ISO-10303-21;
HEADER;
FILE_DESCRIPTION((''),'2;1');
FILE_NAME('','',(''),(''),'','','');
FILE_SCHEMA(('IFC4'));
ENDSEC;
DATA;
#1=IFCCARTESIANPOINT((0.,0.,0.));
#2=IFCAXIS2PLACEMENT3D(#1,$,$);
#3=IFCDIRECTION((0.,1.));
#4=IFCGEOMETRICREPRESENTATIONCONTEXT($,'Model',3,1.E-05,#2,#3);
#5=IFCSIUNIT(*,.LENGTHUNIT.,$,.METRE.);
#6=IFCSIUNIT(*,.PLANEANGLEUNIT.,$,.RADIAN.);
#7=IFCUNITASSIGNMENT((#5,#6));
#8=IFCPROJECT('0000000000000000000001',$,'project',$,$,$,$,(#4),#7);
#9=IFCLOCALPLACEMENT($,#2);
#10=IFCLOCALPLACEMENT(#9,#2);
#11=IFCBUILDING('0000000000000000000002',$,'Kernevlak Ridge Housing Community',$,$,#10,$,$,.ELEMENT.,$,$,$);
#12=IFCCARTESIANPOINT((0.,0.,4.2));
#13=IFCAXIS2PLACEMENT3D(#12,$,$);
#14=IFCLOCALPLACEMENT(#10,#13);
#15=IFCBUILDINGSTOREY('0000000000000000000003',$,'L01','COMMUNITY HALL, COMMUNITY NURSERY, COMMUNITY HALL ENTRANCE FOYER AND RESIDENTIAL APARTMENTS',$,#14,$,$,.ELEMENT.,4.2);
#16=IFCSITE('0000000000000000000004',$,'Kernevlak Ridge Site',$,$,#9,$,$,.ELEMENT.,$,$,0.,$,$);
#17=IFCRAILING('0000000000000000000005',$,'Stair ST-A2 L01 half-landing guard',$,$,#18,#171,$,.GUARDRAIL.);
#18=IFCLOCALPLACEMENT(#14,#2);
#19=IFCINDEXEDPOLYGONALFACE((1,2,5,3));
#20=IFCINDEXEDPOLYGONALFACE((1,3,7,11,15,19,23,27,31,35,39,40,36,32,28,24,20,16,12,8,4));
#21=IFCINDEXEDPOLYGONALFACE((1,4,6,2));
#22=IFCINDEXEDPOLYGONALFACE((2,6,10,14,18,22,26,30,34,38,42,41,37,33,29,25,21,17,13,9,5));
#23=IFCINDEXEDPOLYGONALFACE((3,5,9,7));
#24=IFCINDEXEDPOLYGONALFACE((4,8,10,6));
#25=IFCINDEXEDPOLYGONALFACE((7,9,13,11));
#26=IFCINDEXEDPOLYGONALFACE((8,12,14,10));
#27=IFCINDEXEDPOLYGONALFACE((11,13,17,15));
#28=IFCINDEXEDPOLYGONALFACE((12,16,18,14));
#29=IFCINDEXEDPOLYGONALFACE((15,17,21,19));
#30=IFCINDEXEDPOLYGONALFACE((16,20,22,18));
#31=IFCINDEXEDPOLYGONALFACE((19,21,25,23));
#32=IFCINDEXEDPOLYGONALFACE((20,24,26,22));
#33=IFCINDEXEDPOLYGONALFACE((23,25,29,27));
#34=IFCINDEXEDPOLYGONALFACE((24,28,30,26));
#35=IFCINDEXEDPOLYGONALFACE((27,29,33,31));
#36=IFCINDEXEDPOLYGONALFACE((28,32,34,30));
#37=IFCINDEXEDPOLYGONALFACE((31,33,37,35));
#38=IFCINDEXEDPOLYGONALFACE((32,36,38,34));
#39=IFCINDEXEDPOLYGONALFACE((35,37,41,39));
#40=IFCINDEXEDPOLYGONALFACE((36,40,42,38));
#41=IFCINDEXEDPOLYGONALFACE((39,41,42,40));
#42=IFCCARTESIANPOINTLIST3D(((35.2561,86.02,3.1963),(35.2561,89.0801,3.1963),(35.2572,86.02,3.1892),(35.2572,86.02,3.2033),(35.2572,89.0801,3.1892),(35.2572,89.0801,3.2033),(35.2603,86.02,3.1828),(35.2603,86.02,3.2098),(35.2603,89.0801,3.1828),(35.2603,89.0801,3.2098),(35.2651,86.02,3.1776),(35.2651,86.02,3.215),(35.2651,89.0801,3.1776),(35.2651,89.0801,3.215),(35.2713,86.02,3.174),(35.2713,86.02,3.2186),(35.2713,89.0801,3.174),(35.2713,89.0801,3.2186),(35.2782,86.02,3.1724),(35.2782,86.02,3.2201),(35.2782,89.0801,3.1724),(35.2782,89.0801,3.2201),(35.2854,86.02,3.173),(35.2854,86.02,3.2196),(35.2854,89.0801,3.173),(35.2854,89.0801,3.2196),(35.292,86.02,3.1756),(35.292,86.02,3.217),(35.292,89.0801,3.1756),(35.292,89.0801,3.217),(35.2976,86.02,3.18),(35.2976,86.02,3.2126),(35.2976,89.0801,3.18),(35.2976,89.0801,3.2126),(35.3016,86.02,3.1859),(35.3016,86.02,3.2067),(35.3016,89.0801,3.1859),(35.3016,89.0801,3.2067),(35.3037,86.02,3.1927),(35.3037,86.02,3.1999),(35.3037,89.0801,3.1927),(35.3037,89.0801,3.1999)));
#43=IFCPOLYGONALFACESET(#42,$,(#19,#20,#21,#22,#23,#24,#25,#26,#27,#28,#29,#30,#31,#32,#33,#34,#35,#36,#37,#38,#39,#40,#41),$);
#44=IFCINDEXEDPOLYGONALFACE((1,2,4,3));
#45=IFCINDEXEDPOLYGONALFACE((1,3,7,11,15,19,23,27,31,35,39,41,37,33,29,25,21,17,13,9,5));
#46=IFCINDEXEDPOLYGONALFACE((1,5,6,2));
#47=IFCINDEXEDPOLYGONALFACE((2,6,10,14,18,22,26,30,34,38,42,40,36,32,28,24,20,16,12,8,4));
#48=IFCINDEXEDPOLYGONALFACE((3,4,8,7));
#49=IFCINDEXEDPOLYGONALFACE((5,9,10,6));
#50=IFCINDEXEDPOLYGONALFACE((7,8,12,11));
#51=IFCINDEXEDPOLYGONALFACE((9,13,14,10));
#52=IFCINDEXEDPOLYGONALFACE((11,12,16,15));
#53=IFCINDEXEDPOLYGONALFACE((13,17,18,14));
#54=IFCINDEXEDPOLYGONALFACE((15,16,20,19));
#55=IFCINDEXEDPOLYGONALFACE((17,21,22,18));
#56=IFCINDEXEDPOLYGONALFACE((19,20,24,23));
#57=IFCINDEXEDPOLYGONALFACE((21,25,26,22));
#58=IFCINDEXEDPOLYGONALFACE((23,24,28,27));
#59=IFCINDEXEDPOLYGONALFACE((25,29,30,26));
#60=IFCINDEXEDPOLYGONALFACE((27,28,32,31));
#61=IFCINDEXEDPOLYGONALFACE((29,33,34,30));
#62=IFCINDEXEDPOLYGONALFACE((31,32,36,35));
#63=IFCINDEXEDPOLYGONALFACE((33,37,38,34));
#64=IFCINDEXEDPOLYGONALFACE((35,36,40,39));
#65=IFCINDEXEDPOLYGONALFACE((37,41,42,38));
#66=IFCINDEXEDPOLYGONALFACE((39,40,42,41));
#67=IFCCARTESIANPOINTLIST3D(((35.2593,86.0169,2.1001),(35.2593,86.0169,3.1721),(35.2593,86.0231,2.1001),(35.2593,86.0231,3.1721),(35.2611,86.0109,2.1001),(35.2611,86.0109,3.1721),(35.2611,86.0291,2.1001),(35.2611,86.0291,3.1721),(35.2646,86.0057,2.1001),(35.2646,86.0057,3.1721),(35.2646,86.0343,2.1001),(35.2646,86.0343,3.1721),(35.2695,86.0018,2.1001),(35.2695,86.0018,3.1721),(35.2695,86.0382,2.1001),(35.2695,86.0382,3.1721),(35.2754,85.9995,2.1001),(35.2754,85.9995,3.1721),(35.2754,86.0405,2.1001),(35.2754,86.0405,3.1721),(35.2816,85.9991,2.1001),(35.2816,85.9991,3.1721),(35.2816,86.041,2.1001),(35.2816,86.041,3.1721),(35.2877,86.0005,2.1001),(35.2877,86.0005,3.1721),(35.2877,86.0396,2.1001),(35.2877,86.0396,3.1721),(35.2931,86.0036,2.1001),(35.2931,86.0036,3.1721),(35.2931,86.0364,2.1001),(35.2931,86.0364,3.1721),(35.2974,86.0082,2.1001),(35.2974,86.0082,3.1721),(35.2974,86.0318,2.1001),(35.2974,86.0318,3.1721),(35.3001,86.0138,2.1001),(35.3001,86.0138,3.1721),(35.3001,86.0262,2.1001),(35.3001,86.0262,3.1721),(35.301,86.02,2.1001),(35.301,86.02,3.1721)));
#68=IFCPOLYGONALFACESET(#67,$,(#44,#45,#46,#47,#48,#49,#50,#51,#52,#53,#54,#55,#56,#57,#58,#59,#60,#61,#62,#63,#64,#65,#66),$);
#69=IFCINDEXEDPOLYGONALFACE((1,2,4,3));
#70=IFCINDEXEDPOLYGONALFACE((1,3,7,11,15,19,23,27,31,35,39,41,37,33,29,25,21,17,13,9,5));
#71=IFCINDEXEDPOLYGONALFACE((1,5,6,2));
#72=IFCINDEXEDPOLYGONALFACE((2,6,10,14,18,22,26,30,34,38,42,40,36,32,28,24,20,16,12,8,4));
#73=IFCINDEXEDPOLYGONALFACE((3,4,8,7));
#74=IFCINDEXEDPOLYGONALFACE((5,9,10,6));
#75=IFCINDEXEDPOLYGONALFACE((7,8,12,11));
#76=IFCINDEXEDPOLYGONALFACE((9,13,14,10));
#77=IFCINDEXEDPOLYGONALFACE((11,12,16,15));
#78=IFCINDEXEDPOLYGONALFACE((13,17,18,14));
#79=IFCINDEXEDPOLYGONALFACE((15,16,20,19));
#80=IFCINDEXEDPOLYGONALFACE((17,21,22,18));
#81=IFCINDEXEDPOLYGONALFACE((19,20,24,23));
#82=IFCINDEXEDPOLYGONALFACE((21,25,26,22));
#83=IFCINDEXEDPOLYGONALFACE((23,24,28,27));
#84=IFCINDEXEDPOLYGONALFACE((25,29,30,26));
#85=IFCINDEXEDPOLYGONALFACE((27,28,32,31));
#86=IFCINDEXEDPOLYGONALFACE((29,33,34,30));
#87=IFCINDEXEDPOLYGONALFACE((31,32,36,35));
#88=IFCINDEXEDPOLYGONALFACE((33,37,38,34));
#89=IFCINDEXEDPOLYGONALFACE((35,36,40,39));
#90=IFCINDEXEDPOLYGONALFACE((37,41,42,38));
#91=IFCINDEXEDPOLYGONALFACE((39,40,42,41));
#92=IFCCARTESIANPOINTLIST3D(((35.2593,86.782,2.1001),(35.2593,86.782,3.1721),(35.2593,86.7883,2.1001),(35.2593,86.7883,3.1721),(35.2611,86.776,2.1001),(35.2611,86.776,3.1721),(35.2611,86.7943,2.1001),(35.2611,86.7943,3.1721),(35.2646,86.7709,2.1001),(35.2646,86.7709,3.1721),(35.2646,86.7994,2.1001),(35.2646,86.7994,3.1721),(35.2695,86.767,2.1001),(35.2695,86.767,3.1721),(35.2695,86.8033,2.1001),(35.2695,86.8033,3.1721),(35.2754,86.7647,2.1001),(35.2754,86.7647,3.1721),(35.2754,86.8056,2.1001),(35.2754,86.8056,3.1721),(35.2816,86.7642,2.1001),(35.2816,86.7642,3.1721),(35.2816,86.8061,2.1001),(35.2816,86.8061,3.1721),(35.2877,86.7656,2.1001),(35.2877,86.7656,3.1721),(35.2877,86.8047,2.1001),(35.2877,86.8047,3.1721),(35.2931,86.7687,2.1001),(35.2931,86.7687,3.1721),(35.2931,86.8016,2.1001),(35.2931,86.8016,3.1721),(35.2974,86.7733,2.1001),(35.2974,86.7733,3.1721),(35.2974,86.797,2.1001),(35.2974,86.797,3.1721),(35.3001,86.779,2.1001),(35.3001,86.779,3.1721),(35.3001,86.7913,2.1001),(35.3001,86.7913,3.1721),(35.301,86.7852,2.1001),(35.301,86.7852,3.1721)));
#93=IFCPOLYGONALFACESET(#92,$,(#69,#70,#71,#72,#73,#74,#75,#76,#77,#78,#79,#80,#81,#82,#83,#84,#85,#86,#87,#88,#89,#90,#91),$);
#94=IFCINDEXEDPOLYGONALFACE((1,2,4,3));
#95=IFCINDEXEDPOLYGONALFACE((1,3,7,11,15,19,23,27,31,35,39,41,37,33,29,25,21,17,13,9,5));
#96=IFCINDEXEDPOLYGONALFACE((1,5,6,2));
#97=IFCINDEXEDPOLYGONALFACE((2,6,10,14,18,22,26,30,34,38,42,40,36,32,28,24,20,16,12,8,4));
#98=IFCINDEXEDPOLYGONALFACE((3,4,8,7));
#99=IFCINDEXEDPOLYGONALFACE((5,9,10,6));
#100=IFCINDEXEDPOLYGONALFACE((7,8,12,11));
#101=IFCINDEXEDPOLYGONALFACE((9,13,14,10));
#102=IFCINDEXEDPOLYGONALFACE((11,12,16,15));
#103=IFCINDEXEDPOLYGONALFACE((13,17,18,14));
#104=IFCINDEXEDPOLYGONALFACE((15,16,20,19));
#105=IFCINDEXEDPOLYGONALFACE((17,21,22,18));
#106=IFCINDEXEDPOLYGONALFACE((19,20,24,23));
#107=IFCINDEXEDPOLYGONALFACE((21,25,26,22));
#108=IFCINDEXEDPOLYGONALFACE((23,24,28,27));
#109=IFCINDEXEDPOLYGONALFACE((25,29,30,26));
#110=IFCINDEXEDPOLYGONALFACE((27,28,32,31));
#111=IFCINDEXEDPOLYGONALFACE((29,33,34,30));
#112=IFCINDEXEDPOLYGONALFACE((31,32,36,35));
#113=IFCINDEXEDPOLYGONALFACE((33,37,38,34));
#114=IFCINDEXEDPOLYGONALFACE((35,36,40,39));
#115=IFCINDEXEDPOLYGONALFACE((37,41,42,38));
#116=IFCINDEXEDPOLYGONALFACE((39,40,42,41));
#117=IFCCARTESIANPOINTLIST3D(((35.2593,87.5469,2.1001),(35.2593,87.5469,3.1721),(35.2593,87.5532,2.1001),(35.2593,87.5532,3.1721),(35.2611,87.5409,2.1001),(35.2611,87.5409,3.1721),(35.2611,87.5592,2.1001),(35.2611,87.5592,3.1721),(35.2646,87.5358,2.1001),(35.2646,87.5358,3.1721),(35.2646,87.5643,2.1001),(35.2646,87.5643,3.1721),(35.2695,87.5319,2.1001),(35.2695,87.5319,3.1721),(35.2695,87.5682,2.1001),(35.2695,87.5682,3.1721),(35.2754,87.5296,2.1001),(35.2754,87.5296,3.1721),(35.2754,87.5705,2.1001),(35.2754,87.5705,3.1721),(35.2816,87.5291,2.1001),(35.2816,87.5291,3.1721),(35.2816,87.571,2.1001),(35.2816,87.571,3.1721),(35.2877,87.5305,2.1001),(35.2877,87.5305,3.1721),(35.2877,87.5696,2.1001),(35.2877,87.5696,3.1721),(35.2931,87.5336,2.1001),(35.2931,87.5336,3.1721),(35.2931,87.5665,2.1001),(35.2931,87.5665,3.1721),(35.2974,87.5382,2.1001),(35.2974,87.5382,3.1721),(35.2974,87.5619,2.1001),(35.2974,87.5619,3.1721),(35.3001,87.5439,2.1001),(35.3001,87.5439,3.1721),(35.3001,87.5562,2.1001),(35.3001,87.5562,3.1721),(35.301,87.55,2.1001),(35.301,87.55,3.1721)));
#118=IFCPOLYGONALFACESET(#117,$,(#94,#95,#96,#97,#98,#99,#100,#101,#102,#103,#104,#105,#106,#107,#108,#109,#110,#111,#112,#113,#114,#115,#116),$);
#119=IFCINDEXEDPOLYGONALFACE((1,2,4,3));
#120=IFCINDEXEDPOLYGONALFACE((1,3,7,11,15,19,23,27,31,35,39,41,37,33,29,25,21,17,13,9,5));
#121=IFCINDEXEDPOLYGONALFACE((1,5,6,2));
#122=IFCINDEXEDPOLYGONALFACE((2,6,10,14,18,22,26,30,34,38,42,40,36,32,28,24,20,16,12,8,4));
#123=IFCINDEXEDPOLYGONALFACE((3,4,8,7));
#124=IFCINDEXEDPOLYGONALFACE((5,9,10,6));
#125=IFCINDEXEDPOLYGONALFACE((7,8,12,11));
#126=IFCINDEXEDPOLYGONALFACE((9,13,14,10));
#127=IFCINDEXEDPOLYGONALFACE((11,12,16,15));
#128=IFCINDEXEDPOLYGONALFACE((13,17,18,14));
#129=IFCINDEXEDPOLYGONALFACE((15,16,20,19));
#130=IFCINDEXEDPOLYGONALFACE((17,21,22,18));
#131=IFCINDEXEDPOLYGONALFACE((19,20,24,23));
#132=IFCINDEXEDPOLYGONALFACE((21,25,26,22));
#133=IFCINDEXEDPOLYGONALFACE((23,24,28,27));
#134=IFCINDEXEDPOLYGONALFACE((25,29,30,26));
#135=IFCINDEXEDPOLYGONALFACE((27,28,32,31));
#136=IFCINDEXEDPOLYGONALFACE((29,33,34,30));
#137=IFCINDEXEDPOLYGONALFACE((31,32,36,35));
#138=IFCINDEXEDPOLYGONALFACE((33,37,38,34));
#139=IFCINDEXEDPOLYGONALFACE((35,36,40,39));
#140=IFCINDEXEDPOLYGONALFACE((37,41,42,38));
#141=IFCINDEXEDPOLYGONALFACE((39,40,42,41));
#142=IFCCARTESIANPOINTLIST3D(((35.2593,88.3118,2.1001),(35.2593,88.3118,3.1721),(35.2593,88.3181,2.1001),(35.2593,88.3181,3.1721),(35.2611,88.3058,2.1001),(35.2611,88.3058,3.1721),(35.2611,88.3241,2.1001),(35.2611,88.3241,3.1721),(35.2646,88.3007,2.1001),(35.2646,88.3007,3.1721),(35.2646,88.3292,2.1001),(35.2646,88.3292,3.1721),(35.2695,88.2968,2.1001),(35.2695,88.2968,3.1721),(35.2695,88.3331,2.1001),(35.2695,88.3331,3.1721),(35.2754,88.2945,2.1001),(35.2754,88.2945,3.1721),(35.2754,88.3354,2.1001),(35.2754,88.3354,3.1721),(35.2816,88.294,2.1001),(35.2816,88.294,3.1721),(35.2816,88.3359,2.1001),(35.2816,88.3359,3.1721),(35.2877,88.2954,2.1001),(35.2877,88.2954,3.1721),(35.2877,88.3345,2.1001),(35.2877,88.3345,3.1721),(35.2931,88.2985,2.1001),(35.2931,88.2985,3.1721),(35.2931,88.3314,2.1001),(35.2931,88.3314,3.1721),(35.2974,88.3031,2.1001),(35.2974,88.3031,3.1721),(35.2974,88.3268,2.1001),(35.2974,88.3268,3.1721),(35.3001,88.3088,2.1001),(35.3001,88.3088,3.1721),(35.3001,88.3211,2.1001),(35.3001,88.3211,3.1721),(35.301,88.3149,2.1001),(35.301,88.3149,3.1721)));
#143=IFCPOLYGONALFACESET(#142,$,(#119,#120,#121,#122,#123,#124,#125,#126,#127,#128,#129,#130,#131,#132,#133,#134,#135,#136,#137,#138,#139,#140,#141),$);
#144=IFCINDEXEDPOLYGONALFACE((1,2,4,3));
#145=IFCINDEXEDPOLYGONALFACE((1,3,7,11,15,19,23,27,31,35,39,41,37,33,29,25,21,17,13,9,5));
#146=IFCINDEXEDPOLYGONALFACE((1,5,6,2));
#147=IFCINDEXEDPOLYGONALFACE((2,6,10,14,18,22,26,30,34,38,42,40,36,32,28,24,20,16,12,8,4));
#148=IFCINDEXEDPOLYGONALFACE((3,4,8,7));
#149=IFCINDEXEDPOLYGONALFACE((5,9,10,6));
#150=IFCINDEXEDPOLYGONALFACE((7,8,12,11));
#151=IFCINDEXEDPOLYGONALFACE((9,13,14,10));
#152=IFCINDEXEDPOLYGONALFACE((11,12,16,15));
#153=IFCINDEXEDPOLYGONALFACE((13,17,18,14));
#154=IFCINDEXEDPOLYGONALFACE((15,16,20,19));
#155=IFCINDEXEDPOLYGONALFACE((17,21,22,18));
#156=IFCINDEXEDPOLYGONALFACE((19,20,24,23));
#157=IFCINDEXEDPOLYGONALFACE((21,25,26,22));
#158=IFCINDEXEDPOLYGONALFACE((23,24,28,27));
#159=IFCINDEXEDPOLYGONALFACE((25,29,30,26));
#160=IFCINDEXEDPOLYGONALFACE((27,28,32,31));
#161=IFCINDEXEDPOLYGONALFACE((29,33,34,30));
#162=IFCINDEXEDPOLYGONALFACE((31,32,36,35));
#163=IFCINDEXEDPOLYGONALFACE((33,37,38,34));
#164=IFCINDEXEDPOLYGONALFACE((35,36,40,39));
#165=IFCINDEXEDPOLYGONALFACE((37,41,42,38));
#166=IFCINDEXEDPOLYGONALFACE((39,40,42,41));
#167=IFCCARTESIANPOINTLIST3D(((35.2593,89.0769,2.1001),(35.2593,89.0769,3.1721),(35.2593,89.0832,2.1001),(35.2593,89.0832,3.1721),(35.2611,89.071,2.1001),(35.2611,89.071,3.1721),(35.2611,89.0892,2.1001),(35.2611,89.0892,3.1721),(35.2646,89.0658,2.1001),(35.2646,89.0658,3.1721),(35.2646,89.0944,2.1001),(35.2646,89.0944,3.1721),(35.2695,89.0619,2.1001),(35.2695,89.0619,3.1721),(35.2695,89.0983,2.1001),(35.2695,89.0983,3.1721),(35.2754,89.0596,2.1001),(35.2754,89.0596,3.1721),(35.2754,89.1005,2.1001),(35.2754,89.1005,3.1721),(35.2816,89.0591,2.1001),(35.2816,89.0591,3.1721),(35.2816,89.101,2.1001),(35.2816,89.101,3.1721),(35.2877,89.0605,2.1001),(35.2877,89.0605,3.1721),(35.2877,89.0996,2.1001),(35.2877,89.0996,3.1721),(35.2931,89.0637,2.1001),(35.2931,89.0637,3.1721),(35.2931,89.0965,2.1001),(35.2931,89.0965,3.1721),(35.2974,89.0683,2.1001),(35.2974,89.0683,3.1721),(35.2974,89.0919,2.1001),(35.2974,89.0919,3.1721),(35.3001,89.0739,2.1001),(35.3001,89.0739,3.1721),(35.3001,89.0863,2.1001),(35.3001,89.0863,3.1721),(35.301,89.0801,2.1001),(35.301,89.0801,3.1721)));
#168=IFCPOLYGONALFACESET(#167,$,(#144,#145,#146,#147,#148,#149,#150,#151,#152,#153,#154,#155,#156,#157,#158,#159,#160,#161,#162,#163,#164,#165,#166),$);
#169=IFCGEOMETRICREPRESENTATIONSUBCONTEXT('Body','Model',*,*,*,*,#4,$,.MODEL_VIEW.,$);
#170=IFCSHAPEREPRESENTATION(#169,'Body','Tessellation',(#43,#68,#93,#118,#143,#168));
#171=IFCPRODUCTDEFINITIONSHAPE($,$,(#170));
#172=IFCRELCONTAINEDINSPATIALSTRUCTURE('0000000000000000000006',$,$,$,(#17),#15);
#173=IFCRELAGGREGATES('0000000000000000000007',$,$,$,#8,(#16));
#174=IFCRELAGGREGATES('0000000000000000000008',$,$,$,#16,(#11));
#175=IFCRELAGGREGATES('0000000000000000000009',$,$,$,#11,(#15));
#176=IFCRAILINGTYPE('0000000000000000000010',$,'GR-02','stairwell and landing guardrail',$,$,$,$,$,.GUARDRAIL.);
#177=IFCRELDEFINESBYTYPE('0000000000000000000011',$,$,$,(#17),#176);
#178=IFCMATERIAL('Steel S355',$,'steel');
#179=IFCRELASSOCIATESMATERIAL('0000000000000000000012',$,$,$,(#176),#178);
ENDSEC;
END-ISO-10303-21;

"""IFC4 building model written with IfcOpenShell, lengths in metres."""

from ifc_helpers import new_model, si_unit, direction, frame, origin, origin_2d, place, context, subcontext, project, spatial, circle, extrude, material, type_object, element, save


model = new_model("IFC4")

# Units and contexts
model_context = context("Model", 3, precision=1e-05, world=origin(), true_north=direction((0.0, 1.0)))
body_context = subcontext(model_context, "Body", "Model", "MODEL_VIEW")
ifc_project = project(units=[si_unit("LENGTHUNIT", "METRE"), si_unit("PLANEANGLEUNIT", "RADIAN")], contexts=[model_context])

# Site, building, storey
site_placement = place(None, origin())
site = spatial("IfcSite", under=ifc_project, at=site_placement, Name="Kernevlak Ridge Site", CompositionType="ELEMENT", RefElevation=0.0)
building_placement = place(site_placement, origin())
building = spatial("IfcBuilding", under=site, at=building_placement, Name="Kernevlak Ridge Housing Community", CompositionType="ELEMENT")
storey_placement = place(building_placement, frame((0.0, 0.0, 4.2)))
storey = spatial("IfcBuildingStorey", under=building, at=storey_placement, Name="L01", Description="COMMUNITY HALL, COMMUNITY NURSERY, COMMUNITY HALL ENTRANCE FOYER AND RESIDENTIAL APARTMENTS", CompositionType="ELEMENT", Elevation=4.2)

# Railing
ifc_material_1 = material(Name="Steel S355", Category="steel")
railing_type_1 = type_object("IfcRailingType", Name="GR-02", Description="stairwell and landing guardrail", PredefinedType="GUARDRAIL", material=ifc_material_1)
railing_1_placement = place(storey_placement, frame((35.28, 86.02, 2.1001)))
element("IfcRailing", 1, at=railing_1_placement, inside=storey, type_object=railing_type_1, Name="Stair ST-A2 L01 half-landing guard", PredefinedType="GUARDRAIL", context=body_context, shape_type="SweptSolid", body=[
    extrude(circle(Radius=0.0239, at=origin_2d()), frame((0.0, 0.0, 1.0962), z_axis=(0.0, 1.0, 0.0), x_axis=(-1.0, 0.0, 0.0)), (0.0, 0.0, 1.0), 3.0601),
    extrude(circle(Radius=0.021, at=origin_2d()), origin(), (0.0, 0.0, 1.0), 1.072),
    extrude(circle(Radius=0.021, at=origin_2d()), frame((0.0, 0.7651, 0.0)), (0.0, 0.0, 1.0), 1.072),
    extrude(circle(Radius=0.021, at=origin_2d()), frame((0.0, 1.53, 0.0)), (0.0, 0.0, 1.0), 1.072),
    extrude(circle(Radius=0.021, at=origin_2d()), frame((0.0, 2.2949, 0.0)), (0.0, 0.0, 1.0), 1.072),
    extrude(circle(Radius=0.021, at=origin_2d()), frame((0.0, 3.0601, 0.0)), (0.0, 0.0, 1.0), 1.072),
])

save(model, "model.ifc")
